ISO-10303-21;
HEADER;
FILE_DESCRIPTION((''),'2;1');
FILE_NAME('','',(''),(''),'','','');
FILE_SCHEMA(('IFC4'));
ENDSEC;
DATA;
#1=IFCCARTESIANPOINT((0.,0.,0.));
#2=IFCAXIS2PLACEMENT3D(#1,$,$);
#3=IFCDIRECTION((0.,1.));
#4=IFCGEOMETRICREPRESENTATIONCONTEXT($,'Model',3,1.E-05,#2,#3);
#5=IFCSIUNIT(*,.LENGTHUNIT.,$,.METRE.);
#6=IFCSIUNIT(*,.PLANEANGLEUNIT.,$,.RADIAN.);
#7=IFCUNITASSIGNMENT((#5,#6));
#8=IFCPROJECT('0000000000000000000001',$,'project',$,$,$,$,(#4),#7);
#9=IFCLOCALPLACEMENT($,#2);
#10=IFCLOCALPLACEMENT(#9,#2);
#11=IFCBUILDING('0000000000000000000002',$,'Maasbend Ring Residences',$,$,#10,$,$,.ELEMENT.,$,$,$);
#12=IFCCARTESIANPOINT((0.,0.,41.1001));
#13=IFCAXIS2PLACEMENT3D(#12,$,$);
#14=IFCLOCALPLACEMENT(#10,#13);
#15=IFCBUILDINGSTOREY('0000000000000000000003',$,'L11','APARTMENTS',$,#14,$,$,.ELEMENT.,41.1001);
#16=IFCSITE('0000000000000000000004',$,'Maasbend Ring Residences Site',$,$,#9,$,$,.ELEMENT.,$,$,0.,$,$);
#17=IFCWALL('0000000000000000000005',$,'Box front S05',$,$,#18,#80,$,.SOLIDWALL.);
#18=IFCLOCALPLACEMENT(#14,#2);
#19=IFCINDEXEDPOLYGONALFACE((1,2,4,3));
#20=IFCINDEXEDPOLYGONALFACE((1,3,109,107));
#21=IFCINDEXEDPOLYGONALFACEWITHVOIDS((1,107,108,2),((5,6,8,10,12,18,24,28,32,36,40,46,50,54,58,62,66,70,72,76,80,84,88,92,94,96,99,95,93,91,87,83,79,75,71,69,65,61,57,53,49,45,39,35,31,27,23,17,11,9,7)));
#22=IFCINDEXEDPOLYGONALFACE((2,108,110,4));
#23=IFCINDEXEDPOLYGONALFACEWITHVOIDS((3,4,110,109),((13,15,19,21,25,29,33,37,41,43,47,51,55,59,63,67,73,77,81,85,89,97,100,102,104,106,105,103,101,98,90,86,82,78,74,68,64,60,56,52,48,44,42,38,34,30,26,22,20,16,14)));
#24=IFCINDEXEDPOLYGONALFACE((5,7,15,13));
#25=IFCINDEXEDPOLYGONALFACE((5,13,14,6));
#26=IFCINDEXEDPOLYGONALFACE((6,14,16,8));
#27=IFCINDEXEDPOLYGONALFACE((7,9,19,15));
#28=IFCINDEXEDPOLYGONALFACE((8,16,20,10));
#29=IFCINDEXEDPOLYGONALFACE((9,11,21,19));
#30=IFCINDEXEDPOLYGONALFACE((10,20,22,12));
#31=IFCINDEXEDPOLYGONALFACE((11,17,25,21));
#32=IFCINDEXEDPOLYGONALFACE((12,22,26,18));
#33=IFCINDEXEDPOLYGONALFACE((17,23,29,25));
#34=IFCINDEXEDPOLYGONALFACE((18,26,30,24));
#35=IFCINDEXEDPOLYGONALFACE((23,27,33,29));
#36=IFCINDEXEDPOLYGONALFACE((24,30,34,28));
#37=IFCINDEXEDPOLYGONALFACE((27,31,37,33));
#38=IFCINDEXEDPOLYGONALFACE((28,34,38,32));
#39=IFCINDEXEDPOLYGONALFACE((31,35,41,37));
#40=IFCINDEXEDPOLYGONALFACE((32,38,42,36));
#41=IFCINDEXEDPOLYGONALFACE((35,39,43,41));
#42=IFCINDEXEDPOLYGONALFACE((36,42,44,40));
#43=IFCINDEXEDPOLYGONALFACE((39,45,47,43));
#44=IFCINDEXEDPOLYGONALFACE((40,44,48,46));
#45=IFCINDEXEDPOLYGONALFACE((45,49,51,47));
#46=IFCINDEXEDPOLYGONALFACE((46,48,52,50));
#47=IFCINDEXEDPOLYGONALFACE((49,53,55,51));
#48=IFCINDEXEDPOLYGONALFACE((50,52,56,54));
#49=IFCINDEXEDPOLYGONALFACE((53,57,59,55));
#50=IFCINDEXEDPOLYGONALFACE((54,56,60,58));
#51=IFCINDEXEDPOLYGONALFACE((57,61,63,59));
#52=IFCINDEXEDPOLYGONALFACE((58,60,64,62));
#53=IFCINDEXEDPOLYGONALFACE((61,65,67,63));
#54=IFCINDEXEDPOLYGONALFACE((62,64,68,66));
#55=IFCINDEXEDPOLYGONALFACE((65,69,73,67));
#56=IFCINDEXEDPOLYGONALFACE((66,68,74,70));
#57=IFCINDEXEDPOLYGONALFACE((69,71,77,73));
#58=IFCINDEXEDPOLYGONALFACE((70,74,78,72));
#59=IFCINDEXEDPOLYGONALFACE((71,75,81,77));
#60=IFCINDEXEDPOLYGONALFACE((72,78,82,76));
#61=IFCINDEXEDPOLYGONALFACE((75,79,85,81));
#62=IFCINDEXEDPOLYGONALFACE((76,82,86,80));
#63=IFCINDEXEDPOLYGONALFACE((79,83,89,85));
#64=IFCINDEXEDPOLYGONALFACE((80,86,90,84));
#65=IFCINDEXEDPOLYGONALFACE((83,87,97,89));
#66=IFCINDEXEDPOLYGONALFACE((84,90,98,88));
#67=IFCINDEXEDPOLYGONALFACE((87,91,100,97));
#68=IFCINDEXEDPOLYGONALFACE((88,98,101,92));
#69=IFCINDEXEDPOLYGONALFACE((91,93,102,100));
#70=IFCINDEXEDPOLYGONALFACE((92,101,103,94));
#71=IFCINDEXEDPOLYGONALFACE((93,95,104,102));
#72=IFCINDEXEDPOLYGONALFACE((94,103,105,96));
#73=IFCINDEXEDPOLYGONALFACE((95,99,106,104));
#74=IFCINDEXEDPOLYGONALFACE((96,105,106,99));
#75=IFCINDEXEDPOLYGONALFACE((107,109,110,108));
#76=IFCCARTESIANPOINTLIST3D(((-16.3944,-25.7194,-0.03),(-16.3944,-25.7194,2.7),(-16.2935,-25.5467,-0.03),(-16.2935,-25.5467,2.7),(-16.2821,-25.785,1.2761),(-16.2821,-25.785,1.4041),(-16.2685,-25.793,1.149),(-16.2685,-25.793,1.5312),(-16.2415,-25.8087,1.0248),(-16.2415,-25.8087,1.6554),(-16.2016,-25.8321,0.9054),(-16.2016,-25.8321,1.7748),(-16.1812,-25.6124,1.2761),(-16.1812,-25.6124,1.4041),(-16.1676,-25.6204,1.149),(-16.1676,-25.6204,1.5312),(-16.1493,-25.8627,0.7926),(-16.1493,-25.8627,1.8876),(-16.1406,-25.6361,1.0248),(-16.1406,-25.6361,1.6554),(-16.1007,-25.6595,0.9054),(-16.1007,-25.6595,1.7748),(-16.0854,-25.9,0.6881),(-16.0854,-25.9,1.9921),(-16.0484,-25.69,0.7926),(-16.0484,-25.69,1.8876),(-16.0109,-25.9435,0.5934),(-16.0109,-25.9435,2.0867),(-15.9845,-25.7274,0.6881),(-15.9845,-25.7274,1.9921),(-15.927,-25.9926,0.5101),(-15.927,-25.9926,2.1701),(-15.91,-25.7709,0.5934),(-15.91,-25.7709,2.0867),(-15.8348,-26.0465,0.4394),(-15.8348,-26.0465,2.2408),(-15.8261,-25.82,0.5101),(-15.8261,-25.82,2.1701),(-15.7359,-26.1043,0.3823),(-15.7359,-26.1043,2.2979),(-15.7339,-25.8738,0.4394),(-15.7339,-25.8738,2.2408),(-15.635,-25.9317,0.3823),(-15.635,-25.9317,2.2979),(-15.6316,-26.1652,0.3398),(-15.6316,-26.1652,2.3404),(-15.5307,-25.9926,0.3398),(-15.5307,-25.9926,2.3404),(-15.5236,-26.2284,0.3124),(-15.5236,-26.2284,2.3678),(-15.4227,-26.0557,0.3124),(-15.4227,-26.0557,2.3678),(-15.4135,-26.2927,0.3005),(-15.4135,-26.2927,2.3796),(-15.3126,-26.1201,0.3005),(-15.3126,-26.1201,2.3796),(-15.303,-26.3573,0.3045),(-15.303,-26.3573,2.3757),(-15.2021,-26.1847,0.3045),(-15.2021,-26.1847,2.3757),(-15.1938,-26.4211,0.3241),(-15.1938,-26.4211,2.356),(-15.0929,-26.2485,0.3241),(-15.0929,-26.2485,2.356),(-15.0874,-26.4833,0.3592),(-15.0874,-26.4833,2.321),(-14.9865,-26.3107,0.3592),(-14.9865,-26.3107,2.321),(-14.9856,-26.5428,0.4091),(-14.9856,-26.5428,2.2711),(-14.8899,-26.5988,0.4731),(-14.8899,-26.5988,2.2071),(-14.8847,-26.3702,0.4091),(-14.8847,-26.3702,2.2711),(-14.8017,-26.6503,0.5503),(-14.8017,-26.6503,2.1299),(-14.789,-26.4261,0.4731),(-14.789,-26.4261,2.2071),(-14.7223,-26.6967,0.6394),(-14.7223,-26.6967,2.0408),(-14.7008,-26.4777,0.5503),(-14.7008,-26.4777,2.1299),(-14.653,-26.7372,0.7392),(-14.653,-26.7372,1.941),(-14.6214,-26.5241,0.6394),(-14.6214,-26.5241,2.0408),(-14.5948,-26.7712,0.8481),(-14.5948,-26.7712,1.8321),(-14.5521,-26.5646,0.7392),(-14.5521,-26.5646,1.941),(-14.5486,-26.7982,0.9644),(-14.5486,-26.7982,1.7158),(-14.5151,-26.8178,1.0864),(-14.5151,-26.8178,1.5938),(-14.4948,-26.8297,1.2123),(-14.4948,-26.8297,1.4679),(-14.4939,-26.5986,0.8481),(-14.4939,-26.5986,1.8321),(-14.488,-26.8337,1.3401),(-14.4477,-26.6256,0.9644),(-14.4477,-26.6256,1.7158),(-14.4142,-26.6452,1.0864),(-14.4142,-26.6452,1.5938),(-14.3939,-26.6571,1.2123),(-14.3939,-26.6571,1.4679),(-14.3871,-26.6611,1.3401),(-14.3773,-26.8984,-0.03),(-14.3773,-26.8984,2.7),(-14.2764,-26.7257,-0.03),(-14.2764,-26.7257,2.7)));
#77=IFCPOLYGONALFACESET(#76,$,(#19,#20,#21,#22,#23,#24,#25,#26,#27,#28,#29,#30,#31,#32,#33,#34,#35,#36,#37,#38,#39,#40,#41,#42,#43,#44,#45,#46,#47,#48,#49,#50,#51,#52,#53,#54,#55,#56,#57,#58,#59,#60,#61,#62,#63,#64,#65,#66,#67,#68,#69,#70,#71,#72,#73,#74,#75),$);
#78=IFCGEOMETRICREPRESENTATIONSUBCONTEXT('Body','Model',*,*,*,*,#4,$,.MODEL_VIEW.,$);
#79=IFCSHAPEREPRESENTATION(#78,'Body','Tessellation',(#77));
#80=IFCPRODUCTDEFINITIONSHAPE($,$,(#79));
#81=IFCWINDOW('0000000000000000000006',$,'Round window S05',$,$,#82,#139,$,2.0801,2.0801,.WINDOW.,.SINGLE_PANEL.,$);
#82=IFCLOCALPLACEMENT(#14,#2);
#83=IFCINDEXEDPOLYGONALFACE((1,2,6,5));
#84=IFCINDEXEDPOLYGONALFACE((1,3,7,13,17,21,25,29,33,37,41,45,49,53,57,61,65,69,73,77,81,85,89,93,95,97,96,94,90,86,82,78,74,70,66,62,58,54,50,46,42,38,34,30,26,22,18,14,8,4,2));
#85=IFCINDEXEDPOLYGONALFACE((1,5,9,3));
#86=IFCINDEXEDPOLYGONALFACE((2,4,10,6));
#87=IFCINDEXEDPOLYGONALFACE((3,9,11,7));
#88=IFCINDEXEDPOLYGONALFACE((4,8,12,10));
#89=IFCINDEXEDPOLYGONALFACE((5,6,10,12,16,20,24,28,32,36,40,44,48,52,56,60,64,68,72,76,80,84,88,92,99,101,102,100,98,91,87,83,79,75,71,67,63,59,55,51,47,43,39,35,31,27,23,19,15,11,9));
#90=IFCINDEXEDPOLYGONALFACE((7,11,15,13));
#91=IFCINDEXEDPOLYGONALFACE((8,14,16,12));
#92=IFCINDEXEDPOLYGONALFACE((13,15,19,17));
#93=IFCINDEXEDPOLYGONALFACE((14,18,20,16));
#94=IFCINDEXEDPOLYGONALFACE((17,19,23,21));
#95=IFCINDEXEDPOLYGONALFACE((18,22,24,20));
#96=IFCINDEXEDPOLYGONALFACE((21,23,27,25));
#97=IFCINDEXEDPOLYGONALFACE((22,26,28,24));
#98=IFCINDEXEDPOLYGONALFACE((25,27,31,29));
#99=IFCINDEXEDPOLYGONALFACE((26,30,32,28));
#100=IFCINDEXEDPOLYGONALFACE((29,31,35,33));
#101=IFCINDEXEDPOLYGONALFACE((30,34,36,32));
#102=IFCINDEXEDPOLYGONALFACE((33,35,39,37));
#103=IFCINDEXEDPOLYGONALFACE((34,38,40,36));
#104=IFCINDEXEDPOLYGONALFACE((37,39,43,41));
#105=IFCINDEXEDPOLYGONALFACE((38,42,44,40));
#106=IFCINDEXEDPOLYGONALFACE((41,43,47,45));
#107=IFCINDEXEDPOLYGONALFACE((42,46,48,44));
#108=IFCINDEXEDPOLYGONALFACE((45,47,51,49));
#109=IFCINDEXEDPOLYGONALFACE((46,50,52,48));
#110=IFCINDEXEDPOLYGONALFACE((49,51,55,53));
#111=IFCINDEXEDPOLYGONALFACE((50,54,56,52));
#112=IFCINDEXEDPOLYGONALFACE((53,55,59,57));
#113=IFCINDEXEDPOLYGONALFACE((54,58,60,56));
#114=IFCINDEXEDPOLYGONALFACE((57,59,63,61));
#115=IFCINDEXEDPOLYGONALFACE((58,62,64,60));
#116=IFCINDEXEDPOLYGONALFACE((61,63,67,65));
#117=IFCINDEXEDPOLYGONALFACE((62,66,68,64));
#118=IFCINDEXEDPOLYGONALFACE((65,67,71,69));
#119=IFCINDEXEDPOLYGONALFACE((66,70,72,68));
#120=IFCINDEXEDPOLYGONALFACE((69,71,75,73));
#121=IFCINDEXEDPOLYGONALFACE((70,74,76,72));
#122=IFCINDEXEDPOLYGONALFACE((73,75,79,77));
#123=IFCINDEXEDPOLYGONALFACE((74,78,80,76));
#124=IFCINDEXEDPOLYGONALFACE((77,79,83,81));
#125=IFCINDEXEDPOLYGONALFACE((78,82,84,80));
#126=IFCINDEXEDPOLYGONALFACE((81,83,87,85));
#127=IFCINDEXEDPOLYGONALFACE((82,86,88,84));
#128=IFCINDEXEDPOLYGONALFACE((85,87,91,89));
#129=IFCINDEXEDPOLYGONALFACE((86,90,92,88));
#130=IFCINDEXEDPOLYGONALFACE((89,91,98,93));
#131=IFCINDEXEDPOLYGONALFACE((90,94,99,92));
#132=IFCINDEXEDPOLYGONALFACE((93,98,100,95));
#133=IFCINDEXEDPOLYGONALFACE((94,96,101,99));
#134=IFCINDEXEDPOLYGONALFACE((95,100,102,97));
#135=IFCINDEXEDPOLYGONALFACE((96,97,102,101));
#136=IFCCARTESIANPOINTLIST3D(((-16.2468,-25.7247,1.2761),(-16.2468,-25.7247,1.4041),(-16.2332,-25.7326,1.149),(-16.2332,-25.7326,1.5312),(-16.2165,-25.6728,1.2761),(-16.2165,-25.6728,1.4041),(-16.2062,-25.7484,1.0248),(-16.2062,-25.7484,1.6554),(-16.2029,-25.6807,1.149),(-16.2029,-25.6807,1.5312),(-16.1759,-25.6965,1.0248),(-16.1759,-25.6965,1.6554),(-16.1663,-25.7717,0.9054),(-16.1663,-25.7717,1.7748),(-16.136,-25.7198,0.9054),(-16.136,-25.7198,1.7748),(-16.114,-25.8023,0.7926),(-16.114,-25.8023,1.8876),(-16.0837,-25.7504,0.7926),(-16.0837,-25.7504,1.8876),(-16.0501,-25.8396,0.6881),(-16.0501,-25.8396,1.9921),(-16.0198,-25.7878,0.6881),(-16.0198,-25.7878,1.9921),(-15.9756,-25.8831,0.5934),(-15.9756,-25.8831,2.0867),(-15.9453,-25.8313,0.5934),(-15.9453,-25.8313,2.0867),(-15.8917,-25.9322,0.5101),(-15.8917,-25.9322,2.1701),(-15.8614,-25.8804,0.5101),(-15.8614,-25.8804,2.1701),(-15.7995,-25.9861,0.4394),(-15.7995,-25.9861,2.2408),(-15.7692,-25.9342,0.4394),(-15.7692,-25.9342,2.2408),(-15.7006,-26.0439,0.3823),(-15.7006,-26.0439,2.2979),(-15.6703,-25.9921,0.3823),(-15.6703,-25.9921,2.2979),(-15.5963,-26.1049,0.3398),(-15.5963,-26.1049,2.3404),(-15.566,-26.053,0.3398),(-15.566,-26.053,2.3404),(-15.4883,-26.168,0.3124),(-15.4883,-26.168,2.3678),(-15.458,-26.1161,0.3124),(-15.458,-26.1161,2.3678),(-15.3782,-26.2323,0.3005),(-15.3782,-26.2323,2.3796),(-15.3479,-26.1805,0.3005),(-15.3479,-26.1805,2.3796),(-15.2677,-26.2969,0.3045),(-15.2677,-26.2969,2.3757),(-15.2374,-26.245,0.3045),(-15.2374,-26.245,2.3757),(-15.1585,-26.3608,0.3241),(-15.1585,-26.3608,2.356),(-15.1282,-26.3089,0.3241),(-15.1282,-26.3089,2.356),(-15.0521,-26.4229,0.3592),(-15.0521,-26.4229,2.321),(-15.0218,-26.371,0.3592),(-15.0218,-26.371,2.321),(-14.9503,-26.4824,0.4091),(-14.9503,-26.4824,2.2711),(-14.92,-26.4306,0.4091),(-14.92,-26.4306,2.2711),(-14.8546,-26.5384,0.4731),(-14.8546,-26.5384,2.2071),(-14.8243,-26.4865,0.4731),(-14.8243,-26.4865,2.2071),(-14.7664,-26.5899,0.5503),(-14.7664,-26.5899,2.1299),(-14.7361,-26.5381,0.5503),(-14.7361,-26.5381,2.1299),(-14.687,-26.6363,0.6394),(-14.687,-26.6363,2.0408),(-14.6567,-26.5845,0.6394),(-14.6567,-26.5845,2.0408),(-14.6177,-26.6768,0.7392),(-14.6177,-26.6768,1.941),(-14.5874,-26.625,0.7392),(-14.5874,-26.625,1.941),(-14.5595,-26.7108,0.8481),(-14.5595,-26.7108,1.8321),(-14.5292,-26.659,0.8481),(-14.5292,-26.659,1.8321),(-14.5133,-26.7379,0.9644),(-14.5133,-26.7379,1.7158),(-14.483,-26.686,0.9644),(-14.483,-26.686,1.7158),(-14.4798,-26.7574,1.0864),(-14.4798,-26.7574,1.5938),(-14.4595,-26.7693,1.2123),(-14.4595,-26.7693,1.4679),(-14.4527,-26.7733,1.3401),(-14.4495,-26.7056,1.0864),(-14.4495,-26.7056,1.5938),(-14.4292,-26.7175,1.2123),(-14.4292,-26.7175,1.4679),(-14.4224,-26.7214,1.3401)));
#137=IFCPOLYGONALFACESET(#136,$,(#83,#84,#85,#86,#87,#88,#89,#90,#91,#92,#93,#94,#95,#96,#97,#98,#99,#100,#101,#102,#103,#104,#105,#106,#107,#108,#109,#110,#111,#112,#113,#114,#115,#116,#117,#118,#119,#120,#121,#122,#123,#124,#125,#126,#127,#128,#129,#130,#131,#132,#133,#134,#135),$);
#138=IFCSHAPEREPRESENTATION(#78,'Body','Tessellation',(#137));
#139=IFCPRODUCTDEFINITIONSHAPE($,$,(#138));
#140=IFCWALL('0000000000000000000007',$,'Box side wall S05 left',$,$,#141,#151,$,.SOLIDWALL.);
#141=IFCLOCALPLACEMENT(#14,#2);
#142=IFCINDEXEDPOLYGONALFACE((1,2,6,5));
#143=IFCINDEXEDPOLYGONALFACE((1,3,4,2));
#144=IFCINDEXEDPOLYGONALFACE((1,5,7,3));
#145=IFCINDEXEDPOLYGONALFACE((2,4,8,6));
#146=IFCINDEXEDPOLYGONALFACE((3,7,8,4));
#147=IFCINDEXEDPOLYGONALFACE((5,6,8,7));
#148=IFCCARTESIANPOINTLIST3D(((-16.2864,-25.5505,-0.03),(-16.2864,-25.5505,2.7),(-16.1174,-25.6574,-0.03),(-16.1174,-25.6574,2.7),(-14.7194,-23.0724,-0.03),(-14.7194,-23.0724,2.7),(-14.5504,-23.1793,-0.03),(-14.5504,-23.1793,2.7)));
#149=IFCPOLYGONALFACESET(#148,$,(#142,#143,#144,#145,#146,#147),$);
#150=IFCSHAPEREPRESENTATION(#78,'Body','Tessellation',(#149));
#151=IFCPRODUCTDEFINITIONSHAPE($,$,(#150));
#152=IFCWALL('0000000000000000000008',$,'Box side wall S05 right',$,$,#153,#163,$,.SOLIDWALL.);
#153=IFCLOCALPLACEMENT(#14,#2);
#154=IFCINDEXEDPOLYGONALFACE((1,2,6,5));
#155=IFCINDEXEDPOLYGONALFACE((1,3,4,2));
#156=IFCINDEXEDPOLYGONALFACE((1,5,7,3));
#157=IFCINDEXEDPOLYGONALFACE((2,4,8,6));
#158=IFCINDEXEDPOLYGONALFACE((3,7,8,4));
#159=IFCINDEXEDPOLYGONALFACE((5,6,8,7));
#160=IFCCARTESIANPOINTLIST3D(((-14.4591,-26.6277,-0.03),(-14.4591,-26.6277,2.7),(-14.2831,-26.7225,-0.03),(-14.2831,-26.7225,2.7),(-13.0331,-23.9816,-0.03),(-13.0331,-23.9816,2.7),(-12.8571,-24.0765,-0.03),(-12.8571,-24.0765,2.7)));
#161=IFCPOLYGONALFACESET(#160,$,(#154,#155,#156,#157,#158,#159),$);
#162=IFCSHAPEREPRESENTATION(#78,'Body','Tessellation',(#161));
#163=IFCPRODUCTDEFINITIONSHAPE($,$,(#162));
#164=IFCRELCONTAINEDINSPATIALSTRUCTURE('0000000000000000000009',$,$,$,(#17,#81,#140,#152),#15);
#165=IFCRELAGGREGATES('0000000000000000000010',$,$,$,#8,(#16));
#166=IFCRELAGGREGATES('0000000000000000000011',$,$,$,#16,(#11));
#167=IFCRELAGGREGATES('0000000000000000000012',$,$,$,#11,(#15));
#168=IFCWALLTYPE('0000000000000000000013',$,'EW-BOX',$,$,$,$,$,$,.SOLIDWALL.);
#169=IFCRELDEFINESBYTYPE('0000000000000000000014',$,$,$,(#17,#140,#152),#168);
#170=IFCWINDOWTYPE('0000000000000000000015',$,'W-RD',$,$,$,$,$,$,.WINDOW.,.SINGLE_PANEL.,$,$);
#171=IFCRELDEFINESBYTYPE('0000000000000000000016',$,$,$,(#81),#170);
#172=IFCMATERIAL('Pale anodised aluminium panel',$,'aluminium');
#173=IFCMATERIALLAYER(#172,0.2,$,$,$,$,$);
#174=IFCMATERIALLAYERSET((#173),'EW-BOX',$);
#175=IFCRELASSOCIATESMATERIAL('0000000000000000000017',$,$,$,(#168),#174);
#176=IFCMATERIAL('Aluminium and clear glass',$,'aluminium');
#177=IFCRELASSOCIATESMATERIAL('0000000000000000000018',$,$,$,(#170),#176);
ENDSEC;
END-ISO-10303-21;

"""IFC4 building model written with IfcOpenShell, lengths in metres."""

from ifc_helpers import new_model, si_unit, direction, frame, frame_2d, origin, place, context, subcontext, project, spatial, rectangle, circle, extrude, material, layer, layer_set, type_object, element, fill, save


model = new_model("IFC4")

# Units and contexts
model_context = context("Model", 3, precision=1e-05, world=origin(), true_north=direction((0.0, 1.0)))
body_context = subcontext(model_context, "Body", "Model", "MODEL_VIEW")
ifc_project = project(units=[si_unit("LENGTHUNIT", "METRE"), si_unit("PLANEANGLEUNIT", "RADIAN")], contexts=[model_context])

# Site, building, storey
site_placement = place(None, origin())
site = spatial("IfcSite", under=ifc_project, at=site_placement, Name="Maasbend Ring Residences Site", CompositionType="ELEMENT", RefElevation=0.0)
building_placement = place(site_placement, origin())
building = spatial("IfcBuilding", under=site, at=building_placement, Name="Maasbend Ring Residences", CompositionType="ELEMENT")
storey_placement = place(building_placement, frame((0.0, 0.0, 41.1001)))
storey = spatial("IfcBuildingStorey", under=building, at=storey_placement, Name="L11", Description="APARTMENTS", CompositionType="ELEMENT", Elevation=41.1001)

# Shared definitions
ifc_material_1 = material(Name="Pale anodised aluminium panel", Category="aluminium")
ifc_layer_1 = layer(ifc_material_1, 0.2)
ifc_layer_set_1 = layer_set([ifc_layer_1], Name="EW-BOX")
wall_type_1 = type_object("IfcWallType", Name="EW-BOX", PredefinedType="SOLIDWALL", material=ifc_layer_set_1)
ifc_material_2 = material(Name="Aluminium and clear glass", Category="aluminium")
window_type_1 = type_object("IfcWindowType", Name="W-RD", PartitioningType="SINGLE_PANEL", PredefinedType="WINDOW", material=ifc_material_2)

# Wall, opening, window
wall_1_placement = place(storey_placement, frame((-16.344, -25.6331, -0.03), z_axis=(0.0, 0.0, 1.0), x_axis=(0.863347, -0.504612, 0.0)))
wall_1 = element("IfcWall", 1, at=wall_1_placement, inside=storey, type_object=wall_type_1, Name="Box front S05", PredefinedType="SOLIDWALL", context=body_context, shape_type="SweptSolid", body=[
    extrude(rectangle(XDim=2.3364, YDim=0.2, at=frame_2d((1.1682, 0.0))), origin(), (0.0, 0.0, 1.0), 2.73),
])
opening_1_placement = place(wall_1_placement, frame((0.1282, 0.0, 0.3301)))
opening_1 = element("IfcOpeningElement", 2, at=opening_1_placement, cuts=wall_1, PredefinedType="OPENING", context=body_context, shape_type="SweptSolid", body=[
    extrude(circle(Radius=1.04, at=frame_2d((1.04, 1.04))), frame((0.0, 0.1099, 0.0), z_axis=(0.0, -1.0, 0.0), x_axis=(1.0, 0.0, 0.0)), (0.0, 0.0, 1.0), 0.22),
])
window_1_placement = place(opening_1_placement, origin())
window_1 = element("IfcWindow", 3, at=window_1_placement, inside=storey, type_object=window_type_1, Name="Round window S05", OverallHeight=2.0801, OverallWidth=2.0801, PartitioningType="SINGLE_PANEL", PredefinedType="WINDOW", context=body_context, shape_type="SweptSolid", body=[
    extrude(circle(Radius=1.04, at=frame_2d((1.04, 1.04))), frame((0.0, 0.03, 0.0), z_axis=(0.0, -1.0, 0.0), x_axis=(1.0, 0.0, 0.0)), (0.0, 0.0, 1.0), 0.0601),
])
fill(opening_1, window_1)

# Walls
wall_2_placement = place(storey_placement, frame((-14.635, -23.126, -0.03), z_axis=(0.0, 0.0, 1.0), x_axis=(-0.534438, -0.845208, 0.0)))
element("IfcWall", 4, at=wall_2_placement, inside=storey, type_object=wall_type_1, Name="Box side wall S05 left", PredefinedType="SOLIDWALL", context=body_context, shape_type="SweptSolid", body=[
    extrude(rectangle(XDim=2.9319, YDim=0.2, at=frame_2d((1.4658, 0.0))), origin(), (0.0, 0.0, 1.0), 2.73),
])
wall_3_placement = place(storey_placement, frame((-12.9451, -24.0291, -0.03), z_axis=(0.0, 0.0, 1.0), x_axis=(-0.474424, -0.880296, 0.0)))
element("IfcWall", 5, at=wall_3_placement, inside=storey, type_object=wall_type_1, Name="Box side wall S05 right", PredefinedType="SOLIDWALL", context=body_context, shape_type="SweptSolid", body=[
    extrude(rectangle(XDim=3.0059, YDim=0.2, at=frame_2d((1.5029, 0.0))), origin(), (0.0, 0.0, 1.0), 2.73),
])

save(model, "model.ifc")
